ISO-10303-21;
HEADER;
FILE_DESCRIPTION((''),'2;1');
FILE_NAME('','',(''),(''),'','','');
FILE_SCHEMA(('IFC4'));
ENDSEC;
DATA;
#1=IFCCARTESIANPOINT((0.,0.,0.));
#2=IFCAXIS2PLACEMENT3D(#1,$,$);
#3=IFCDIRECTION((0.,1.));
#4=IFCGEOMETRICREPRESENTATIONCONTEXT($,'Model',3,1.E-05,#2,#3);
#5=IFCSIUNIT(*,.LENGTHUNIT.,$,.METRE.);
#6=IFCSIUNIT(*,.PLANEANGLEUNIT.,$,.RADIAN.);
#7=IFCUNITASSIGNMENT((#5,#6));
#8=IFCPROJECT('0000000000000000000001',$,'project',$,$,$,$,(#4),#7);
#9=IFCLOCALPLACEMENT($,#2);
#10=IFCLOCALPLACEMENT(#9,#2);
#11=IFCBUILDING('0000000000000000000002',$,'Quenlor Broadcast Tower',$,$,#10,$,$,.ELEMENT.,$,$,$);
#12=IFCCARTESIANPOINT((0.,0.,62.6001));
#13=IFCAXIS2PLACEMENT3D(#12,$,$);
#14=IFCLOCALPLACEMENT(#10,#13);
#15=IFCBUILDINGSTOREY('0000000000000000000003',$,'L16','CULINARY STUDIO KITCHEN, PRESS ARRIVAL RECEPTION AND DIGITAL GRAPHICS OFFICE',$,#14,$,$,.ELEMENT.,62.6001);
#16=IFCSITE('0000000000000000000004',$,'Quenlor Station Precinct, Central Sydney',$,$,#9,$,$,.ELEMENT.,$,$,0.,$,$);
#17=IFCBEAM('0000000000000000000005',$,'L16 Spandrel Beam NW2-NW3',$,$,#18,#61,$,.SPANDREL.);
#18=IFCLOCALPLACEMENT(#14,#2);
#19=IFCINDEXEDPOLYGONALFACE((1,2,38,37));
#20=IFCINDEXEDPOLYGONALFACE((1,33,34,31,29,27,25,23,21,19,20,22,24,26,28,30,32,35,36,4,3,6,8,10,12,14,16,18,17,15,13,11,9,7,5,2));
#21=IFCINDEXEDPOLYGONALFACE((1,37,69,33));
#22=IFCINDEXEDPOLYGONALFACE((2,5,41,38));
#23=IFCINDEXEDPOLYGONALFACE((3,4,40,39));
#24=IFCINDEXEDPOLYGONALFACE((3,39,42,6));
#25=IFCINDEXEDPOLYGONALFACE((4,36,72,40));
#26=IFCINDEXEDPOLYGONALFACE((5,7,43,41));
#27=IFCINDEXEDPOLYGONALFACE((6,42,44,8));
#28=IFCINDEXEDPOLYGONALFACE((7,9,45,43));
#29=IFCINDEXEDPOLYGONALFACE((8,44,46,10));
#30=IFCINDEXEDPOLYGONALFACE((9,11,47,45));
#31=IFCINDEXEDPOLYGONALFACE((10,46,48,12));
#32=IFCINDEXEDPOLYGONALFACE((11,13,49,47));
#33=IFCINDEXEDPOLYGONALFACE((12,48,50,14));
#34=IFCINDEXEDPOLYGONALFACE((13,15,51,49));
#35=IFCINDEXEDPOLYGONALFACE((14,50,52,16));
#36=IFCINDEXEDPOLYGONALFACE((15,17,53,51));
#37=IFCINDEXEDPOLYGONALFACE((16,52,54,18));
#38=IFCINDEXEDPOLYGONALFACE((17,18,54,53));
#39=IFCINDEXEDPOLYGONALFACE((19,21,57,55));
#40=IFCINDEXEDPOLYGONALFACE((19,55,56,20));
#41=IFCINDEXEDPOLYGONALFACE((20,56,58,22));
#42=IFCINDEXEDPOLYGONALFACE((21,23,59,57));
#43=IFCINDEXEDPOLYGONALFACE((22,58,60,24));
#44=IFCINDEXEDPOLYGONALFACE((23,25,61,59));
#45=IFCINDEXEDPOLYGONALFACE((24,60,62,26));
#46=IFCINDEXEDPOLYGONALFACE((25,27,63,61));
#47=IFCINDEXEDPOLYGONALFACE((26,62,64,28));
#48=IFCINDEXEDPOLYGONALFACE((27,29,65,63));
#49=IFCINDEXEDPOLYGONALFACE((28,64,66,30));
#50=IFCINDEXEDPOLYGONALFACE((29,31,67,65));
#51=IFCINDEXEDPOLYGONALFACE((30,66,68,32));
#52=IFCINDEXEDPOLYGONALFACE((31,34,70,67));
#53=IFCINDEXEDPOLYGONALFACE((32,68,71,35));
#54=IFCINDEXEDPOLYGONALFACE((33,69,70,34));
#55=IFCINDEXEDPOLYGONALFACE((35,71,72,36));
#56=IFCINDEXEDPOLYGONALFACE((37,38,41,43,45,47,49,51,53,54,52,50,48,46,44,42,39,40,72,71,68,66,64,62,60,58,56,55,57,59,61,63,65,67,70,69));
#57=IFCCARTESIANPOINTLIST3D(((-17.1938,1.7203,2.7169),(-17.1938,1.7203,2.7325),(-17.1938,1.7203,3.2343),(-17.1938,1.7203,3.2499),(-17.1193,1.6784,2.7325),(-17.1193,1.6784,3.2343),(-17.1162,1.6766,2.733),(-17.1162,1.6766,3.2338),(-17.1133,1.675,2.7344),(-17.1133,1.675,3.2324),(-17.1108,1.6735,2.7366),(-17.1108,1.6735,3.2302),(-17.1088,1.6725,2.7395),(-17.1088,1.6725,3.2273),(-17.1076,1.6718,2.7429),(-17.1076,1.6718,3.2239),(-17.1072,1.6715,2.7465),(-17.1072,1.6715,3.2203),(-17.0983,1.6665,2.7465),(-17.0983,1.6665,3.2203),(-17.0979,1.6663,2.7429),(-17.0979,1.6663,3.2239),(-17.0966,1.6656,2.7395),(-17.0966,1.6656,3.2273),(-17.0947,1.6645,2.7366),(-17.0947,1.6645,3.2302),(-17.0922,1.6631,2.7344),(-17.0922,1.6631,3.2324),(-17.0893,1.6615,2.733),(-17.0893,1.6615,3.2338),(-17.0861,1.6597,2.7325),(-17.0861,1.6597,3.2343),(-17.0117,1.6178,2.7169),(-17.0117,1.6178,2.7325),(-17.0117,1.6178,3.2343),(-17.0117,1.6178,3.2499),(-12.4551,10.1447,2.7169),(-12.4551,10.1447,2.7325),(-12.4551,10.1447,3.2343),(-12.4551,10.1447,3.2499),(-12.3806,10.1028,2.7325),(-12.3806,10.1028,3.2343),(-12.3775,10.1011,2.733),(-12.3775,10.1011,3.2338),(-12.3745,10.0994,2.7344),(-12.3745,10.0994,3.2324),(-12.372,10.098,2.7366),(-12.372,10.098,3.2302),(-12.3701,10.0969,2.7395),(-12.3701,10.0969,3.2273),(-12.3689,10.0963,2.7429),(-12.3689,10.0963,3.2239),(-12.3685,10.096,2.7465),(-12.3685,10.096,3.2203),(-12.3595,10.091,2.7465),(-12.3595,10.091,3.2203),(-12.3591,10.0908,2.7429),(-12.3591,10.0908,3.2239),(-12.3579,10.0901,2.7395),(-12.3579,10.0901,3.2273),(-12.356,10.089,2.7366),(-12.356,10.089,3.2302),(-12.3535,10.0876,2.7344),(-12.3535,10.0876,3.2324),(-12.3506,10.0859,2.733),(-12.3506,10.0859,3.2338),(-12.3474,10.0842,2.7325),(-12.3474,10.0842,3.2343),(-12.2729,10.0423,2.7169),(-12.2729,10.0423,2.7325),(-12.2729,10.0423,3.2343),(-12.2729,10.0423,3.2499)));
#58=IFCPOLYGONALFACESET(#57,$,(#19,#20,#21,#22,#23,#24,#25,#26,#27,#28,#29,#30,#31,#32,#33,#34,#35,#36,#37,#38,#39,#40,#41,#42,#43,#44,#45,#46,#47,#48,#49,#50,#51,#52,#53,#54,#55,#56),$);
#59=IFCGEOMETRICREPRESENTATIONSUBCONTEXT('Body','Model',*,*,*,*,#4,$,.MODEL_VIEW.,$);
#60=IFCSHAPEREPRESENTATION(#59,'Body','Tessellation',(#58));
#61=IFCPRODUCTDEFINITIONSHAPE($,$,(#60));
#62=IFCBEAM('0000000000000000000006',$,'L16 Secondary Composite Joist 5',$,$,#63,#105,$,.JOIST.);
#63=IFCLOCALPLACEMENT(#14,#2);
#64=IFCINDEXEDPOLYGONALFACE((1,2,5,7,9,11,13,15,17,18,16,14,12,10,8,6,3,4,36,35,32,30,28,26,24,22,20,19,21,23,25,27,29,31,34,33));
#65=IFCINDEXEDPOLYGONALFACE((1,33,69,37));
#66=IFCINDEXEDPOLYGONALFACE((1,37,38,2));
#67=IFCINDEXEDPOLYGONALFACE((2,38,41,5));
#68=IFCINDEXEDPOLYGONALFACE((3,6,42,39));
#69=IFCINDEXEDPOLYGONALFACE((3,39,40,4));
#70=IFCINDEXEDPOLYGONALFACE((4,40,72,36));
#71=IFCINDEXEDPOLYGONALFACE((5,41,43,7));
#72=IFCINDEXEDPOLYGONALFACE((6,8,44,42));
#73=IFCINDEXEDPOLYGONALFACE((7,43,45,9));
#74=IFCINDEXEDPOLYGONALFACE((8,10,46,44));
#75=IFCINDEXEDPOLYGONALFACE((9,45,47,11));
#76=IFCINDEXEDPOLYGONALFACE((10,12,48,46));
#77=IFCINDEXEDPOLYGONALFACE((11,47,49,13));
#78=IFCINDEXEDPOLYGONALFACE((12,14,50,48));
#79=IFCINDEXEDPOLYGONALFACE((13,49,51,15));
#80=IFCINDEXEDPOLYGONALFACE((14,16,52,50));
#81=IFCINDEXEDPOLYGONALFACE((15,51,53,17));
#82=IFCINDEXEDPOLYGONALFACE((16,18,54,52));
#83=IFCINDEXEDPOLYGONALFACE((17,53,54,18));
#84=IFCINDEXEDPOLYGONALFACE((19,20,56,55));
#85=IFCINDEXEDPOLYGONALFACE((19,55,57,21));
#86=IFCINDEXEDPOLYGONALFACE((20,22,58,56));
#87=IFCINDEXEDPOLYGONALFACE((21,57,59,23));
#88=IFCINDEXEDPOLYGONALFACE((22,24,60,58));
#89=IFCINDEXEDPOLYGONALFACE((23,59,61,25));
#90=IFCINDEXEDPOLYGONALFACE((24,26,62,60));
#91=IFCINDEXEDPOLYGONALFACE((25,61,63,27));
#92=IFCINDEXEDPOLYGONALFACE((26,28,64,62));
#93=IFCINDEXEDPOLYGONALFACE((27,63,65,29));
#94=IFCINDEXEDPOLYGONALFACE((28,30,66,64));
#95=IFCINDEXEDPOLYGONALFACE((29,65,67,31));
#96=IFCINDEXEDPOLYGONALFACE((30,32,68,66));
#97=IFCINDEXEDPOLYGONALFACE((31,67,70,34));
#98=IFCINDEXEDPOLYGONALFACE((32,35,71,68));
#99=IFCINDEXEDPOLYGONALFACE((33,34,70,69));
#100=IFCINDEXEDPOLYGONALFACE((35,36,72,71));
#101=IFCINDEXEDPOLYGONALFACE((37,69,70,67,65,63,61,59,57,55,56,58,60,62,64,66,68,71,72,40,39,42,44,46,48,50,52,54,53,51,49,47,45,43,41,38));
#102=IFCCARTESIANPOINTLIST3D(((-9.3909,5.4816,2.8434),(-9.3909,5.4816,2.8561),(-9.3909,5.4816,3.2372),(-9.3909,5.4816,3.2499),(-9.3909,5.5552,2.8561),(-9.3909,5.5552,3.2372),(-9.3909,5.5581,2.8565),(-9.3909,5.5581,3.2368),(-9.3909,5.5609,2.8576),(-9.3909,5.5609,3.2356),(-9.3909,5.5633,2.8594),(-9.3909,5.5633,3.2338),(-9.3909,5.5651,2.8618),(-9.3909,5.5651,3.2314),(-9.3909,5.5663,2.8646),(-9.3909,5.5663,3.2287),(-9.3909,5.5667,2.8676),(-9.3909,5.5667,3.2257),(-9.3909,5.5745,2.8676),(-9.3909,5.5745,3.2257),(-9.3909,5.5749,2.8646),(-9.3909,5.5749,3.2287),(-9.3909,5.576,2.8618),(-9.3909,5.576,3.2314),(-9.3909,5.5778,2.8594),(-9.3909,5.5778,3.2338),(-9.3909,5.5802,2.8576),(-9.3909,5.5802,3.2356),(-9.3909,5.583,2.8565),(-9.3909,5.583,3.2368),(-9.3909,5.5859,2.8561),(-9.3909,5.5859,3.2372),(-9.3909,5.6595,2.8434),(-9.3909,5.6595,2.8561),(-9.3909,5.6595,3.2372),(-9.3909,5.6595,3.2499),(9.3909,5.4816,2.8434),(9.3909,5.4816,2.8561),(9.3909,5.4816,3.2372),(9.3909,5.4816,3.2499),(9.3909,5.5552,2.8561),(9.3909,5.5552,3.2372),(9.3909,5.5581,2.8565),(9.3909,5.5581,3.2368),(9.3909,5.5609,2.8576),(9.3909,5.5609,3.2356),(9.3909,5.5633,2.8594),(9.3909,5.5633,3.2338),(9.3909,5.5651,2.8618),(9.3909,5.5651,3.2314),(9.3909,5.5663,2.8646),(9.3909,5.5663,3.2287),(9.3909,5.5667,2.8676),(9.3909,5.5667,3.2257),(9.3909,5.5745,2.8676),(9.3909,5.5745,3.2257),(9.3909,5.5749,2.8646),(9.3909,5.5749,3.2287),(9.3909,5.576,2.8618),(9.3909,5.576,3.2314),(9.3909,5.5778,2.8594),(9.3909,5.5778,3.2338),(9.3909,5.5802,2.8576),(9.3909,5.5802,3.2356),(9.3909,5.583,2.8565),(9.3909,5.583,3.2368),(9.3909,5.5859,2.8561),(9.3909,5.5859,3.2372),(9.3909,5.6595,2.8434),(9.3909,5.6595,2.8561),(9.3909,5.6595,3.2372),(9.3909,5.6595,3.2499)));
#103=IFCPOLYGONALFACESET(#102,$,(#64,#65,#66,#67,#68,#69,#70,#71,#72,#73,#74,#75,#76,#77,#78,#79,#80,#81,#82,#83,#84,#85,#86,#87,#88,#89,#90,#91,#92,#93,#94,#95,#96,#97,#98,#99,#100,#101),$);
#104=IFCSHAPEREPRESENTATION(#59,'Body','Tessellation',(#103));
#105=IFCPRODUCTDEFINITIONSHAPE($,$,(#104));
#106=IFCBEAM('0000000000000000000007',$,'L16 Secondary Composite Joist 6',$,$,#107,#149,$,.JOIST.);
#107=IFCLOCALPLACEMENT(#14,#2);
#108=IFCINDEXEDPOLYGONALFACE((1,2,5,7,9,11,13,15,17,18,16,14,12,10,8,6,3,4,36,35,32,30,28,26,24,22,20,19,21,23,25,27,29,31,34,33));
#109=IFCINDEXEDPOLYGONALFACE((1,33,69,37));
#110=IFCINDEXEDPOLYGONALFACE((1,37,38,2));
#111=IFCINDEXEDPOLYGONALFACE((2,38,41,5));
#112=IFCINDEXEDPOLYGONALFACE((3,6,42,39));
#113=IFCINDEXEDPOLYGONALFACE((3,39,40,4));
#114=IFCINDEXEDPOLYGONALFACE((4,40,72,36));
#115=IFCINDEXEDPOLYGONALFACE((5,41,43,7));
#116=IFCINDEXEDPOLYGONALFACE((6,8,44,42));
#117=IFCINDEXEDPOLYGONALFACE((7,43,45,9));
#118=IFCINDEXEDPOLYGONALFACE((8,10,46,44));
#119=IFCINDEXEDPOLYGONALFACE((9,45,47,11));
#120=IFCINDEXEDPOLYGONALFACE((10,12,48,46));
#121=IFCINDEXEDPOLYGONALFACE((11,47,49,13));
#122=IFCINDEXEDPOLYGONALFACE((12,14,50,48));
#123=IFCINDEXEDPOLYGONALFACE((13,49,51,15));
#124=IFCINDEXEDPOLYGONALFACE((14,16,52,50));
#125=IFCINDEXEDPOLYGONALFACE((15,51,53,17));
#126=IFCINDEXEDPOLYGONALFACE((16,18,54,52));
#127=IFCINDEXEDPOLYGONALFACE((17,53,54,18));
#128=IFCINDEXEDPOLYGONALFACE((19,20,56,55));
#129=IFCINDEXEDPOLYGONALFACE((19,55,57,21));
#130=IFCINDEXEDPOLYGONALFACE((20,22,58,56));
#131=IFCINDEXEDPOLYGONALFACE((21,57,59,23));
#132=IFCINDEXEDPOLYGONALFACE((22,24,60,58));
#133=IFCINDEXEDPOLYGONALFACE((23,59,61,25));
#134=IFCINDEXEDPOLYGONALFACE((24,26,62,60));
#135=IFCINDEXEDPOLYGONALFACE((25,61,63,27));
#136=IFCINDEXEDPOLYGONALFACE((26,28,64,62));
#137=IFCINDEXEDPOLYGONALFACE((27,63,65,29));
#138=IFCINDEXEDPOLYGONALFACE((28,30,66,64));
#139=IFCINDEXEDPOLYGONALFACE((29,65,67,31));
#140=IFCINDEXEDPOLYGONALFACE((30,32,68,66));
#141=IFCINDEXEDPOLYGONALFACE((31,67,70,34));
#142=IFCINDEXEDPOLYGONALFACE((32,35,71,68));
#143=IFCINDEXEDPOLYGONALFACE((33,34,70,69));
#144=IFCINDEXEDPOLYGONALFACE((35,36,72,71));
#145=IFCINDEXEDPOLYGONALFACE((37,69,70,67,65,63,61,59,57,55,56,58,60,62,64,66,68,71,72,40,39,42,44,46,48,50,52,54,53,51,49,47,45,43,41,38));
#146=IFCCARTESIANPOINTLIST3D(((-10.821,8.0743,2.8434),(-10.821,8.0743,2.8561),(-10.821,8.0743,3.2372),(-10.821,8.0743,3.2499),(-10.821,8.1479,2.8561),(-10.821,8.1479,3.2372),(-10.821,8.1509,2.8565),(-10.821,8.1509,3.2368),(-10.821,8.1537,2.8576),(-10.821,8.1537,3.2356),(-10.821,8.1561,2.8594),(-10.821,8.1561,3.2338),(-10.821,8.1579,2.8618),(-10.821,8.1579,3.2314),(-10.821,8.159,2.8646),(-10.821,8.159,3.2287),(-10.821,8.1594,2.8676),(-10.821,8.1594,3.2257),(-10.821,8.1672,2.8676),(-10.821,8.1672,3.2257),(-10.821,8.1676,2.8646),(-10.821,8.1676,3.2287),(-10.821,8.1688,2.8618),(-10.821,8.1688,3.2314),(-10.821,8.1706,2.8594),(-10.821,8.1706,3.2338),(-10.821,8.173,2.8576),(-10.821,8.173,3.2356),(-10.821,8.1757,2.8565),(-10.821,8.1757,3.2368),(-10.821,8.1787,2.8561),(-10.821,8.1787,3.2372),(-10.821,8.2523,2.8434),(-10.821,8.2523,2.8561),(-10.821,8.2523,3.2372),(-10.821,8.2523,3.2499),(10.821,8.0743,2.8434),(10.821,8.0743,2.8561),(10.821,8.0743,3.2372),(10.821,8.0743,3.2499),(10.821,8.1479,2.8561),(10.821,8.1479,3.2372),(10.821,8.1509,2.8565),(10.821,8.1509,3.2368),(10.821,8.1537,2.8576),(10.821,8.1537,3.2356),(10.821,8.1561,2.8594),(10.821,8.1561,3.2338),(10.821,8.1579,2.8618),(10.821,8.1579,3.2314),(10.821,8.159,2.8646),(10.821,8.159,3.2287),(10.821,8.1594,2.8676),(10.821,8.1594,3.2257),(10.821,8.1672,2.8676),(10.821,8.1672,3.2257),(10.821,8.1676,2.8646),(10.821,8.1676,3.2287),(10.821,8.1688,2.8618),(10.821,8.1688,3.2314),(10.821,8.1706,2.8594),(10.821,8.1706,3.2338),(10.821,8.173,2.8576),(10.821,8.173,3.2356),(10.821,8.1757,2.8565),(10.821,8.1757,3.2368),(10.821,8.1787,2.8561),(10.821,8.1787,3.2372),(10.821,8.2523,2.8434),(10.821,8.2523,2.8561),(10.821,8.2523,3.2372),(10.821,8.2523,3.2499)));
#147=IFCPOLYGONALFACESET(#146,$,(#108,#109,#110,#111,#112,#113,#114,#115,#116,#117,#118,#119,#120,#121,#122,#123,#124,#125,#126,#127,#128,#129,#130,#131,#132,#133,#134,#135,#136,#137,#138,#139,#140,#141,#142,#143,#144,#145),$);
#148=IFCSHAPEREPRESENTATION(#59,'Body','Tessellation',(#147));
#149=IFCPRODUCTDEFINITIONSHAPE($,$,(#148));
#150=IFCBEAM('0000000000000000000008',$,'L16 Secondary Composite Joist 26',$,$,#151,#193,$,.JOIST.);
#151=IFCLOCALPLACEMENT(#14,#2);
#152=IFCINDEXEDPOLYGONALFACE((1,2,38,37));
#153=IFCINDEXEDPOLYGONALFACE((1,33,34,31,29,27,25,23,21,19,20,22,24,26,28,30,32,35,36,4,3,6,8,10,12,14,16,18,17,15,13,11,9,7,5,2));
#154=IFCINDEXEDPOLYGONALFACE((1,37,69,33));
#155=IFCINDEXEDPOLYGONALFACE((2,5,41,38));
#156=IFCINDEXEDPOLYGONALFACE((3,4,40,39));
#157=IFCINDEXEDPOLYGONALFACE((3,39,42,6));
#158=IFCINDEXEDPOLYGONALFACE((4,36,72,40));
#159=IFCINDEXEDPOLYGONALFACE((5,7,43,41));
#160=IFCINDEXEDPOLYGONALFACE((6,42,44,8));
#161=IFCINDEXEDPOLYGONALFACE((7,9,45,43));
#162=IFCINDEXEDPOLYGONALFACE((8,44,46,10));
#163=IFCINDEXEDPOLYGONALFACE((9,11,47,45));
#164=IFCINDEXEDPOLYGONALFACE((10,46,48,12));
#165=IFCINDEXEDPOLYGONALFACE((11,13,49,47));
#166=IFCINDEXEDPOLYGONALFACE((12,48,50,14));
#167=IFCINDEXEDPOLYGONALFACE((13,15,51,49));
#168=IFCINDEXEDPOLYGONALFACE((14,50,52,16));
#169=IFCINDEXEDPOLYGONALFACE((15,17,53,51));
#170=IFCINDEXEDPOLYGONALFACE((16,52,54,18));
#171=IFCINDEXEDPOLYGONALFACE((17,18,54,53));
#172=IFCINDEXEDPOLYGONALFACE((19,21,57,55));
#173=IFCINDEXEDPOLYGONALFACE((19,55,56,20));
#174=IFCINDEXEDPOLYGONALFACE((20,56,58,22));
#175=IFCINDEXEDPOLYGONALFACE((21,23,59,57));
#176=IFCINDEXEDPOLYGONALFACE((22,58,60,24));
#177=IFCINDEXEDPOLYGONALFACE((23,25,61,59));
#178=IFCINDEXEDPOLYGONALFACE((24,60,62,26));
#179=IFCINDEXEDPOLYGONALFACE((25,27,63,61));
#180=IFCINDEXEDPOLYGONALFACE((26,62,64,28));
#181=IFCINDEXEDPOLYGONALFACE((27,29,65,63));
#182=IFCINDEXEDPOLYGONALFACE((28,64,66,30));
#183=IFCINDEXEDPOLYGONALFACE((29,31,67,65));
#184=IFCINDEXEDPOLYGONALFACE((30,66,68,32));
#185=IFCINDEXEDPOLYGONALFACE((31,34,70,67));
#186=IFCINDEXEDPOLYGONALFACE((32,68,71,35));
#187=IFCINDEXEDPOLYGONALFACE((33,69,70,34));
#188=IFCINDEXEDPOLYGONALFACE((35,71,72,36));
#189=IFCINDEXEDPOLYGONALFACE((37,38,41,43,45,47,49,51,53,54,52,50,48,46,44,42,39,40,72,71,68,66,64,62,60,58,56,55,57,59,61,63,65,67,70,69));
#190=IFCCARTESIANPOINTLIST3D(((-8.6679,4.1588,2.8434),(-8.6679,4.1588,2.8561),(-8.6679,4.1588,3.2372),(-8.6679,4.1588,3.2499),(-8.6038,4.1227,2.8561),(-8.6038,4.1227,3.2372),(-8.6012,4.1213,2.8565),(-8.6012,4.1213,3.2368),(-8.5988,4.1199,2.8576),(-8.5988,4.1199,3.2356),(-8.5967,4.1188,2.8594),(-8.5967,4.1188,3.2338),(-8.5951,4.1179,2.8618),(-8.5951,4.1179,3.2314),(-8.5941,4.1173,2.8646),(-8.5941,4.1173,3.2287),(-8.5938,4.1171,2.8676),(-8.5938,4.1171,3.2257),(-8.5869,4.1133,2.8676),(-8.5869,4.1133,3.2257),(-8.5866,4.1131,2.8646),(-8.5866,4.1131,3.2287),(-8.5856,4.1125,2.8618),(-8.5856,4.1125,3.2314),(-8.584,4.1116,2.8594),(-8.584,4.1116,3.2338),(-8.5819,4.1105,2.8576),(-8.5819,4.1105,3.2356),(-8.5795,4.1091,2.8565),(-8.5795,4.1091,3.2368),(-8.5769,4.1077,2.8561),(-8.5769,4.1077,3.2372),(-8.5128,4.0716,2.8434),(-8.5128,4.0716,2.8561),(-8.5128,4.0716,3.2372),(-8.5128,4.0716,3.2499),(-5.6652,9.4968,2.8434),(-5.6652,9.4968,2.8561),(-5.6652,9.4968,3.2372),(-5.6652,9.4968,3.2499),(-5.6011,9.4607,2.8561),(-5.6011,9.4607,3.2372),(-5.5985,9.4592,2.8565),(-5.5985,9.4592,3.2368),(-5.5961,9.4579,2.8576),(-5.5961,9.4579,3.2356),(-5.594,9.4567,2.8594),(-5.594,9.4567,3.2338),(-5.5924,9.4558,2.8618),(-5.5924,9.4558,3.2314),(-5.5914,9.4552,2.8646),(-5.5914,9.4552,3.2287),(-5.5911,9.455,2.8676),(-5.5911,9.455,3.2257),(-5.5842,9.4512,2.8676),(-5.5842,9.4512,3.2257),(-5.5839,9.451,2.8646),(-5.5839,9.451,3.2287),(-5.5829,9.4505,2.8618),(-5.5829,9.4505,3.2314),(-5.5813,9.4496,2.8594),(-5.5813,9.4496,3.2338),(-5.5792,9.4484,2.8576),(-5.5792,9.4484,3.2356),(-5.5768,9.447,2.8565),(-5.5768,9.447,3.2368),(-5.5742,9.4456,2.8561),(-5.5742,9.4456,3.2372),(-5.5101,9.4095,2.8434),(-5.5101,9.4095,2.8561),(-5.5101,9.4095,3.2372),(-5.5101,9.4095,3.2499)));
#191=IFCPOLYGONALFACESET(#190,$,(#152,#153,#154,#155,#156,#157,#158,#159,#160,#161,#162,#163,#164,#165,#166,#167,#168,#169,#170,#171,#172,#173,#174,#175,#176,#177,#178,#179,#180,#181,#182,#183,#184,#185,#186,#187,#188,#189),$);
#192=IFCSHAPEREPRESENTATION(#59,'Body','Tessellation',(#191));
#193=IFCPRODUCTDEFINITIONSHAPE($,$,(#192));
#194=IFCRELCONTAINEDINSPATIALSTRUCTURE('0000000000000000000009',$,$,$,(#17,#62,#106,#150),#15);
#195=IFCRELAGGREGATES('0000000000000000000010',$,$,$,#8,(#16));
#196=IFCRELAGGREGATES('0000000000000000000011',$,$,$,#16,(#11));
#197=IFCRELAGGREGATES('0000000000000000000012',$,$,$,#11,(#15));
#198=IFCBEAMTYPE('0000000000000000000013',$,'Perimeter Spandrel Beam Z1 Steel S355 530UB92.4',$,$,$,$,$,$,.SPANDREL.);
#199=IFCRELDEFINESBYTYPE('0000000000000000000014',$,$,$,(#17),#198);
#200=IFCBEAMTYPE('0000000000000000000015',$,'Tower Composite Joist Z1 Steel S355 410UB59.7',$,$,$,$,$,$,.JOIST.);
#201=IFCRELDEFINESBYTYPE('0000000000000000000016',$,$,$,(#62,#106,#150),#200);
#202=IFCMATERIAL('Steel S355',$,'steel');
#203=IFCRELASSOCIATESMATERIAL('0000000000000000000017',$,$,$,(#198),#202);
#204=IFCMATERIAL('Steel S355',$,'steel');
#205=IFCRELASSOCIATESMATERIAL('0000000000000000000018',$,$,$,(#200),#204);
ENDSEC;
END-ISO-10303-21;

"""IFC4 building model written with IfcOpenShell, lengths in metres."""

from ifc_helpers import new_model, si_unit, direction, frame, origin, origin_2d, place, context, subcontext, project, spatial, i_section, extrude, material, material_profile, profile_set, type_object, element, save


model = new_model("IFC4")

# Units and contexts
model_context = context("Model", 3, precision=1e-05, world=origin(), true_north=direction((0.0, 1.0)))
body_context = subcontext(model_context, "Body", "Model", "MODEL_VIEW")
ifc_project = project(units=[si_unit("LENGTHUNIT", "METRE"), si_unit("PLANEANGLEUNIT", "RADIAN")], contexts=[model_context])

# Site, building, storey
site_placement = place(None, origin())
site = spatial("IfcSite", under=ifc_project, at=site_placement, Name="Quenlor Station Precinct, Central Sydney", CompositionType="ELEMENT", RefElevation=0.0)
building_placement = place(site_placement, origin())
building = spatial("IfcBuilding", under=site, at=building_placement, Name="Quenlor Broadcast Tower", CompositionType="ELEMENT")
storey_placement = place(building_placement, frame((0.0, 0.0, 62.6001)))
storey = spatial("IfcBuildingStorey", under=building, at=storey_placement, Name="L16", Description="CULINARY STUDIO KITCHEN, PRESS ARRIVAL RECEPTION AND DIGITAL GRAPHICS OFFICE", CompositionType="ELEMENT", Elevation=62.6001)

# Beams
ifc_material_1 = material(Name="Steel S355", Category="steel")
ifc_material_profile_1 = material_profile(ifc_material_1, i_section(OverallWidth=0.209, OverallDepth=0.533, WebThickness=0.0103, FlangeThickness=0.0156, FilletRadius=0.0139, at=origin_2d()))
ifc_profile_set_1 = profile_set([ifc_material_profile_1], Name="Steel S355 530UB92.4")
beam_type_1 = type_object("IfcBeamType", Name="Perimeter Spandrel Beam Z1 Steel S355 530UB92.4", PredefinedType="SPANDREL", material=ifc_profile_set_1)
beam_1_placement = place(storey_placement, frame((-12.364, 10.0935, 2.9834), z_axis=(-0.490258, -0.871578, 0.0), x_axis=(0.871578, -0.490258, 0.0)))
element("IfcBeam", 1, at=beam_1_placement, inside=storey, type_object=beam_type_1, Name="L16 Spandrel Beam NW2-NW3", PredefinedType="SPANDREL", context=body_context, shape_type="SweptSolid", body=[
    extrude(i_section(OverallWidth=0.209, OverallDepth=0.533, WebThickness=0.0103, FlangeThickness=0.0156, FilletRadius=0.0139, at=origin_2d()), origin(), (0.0, 0.0, 1.0), 9.6658),
])
ifc_material_2 = material(Name="Steel S355", Category="steel")
ifc_material_profile_2 = material_profile(ifc_material_2, i_section(OverallWidth=0.178, OverallDepth=0.4065, WebThickness=0.0078, FlangeThickness=0.0127, FilletRadius=0.0115, at=origin_2d()))
ifc_profile_set_2 = profile_set([ifc_material_profile_2], Name="Steel S355 410UB59.7")
beam_type_2 = type_object("IfcBeamType", Name="Tower Composite Joist Z1 Steel S355 410UB59.7", PredefinedType="JOIST", material=ifc_profile_set_2)
beam_2_placement = place(storey_placement, frame((-9.3909, 5.5706, 3.0466), z_axis=(1.0, 0.0, 0.0), x_axis=(0.0, 1.0, 0.0)))
element("IfcBeam", 2, at=beam_2_placement, inside=storey, type_object=beam_type_2, Name="L16 Secondary Composite Joist 5", PredefinedType="JOIST", context=body_context, shape_type="SweptSolid", body=[
    extrude(i_section(OverallWidth=0.178, OverallDepth=0.4065, WebThickness=0.0078, FlangeThickness=0.0127, FilletRadius=0.0115, at=origin_2d()), origin(), (0.0, 0.0, 1.0), 18.7817),
])
beam_3_placement = place(storey_placement, frame((-10.821, 8.1633, 3.0466), z_axis=(1.0, 0.0, 0.0), x_axis=(0.0, 1.0, 0.0)))
element("IfcBeam", 3, at=beam_3_placement, inside=storey, type_object=beam_type_2, Name="L16 Secondary Composite Joist 6", PredefinedType="JOIST", context=body_context, shape_type="SweptSolid", body=[
    extrude(i_section(OverallWidth=0.178, OverallDepth=0.4065, WebThickness=0.0078, FlangeThickness=0.0127, FilletRadius=0.0115, at=origin_2d()), origin(), (0.0, 0.0, 1.0), 21.6421),
])
beam_4_placement = place(storey_placement, frame((-5.5876, 9.4531, 3.0466), z_axis=(-0.490276, -0.871567, 0.0), x_axis=(0.871567, -0.490276, 0.0)))
element("IfcBeam", 4, at=beam_4_placement, inside=storey, type_object=beam_type_2, Name="L16 Secondary Composite Joist 26", PredefinedType="JOIST", context=body_context, shape_type="SweptSolid", body=[
    extrude(i_section(OverallWidth=0.178, OverallDepth=0.4065, WebThickness=0.0078, FlangeThickness=0.0127, FilletRadius=0.0115, at=origin_2d()), origin(), (0.0, 0.0, 1.0), 6.1245),
])

save(model, "model.ifc")
